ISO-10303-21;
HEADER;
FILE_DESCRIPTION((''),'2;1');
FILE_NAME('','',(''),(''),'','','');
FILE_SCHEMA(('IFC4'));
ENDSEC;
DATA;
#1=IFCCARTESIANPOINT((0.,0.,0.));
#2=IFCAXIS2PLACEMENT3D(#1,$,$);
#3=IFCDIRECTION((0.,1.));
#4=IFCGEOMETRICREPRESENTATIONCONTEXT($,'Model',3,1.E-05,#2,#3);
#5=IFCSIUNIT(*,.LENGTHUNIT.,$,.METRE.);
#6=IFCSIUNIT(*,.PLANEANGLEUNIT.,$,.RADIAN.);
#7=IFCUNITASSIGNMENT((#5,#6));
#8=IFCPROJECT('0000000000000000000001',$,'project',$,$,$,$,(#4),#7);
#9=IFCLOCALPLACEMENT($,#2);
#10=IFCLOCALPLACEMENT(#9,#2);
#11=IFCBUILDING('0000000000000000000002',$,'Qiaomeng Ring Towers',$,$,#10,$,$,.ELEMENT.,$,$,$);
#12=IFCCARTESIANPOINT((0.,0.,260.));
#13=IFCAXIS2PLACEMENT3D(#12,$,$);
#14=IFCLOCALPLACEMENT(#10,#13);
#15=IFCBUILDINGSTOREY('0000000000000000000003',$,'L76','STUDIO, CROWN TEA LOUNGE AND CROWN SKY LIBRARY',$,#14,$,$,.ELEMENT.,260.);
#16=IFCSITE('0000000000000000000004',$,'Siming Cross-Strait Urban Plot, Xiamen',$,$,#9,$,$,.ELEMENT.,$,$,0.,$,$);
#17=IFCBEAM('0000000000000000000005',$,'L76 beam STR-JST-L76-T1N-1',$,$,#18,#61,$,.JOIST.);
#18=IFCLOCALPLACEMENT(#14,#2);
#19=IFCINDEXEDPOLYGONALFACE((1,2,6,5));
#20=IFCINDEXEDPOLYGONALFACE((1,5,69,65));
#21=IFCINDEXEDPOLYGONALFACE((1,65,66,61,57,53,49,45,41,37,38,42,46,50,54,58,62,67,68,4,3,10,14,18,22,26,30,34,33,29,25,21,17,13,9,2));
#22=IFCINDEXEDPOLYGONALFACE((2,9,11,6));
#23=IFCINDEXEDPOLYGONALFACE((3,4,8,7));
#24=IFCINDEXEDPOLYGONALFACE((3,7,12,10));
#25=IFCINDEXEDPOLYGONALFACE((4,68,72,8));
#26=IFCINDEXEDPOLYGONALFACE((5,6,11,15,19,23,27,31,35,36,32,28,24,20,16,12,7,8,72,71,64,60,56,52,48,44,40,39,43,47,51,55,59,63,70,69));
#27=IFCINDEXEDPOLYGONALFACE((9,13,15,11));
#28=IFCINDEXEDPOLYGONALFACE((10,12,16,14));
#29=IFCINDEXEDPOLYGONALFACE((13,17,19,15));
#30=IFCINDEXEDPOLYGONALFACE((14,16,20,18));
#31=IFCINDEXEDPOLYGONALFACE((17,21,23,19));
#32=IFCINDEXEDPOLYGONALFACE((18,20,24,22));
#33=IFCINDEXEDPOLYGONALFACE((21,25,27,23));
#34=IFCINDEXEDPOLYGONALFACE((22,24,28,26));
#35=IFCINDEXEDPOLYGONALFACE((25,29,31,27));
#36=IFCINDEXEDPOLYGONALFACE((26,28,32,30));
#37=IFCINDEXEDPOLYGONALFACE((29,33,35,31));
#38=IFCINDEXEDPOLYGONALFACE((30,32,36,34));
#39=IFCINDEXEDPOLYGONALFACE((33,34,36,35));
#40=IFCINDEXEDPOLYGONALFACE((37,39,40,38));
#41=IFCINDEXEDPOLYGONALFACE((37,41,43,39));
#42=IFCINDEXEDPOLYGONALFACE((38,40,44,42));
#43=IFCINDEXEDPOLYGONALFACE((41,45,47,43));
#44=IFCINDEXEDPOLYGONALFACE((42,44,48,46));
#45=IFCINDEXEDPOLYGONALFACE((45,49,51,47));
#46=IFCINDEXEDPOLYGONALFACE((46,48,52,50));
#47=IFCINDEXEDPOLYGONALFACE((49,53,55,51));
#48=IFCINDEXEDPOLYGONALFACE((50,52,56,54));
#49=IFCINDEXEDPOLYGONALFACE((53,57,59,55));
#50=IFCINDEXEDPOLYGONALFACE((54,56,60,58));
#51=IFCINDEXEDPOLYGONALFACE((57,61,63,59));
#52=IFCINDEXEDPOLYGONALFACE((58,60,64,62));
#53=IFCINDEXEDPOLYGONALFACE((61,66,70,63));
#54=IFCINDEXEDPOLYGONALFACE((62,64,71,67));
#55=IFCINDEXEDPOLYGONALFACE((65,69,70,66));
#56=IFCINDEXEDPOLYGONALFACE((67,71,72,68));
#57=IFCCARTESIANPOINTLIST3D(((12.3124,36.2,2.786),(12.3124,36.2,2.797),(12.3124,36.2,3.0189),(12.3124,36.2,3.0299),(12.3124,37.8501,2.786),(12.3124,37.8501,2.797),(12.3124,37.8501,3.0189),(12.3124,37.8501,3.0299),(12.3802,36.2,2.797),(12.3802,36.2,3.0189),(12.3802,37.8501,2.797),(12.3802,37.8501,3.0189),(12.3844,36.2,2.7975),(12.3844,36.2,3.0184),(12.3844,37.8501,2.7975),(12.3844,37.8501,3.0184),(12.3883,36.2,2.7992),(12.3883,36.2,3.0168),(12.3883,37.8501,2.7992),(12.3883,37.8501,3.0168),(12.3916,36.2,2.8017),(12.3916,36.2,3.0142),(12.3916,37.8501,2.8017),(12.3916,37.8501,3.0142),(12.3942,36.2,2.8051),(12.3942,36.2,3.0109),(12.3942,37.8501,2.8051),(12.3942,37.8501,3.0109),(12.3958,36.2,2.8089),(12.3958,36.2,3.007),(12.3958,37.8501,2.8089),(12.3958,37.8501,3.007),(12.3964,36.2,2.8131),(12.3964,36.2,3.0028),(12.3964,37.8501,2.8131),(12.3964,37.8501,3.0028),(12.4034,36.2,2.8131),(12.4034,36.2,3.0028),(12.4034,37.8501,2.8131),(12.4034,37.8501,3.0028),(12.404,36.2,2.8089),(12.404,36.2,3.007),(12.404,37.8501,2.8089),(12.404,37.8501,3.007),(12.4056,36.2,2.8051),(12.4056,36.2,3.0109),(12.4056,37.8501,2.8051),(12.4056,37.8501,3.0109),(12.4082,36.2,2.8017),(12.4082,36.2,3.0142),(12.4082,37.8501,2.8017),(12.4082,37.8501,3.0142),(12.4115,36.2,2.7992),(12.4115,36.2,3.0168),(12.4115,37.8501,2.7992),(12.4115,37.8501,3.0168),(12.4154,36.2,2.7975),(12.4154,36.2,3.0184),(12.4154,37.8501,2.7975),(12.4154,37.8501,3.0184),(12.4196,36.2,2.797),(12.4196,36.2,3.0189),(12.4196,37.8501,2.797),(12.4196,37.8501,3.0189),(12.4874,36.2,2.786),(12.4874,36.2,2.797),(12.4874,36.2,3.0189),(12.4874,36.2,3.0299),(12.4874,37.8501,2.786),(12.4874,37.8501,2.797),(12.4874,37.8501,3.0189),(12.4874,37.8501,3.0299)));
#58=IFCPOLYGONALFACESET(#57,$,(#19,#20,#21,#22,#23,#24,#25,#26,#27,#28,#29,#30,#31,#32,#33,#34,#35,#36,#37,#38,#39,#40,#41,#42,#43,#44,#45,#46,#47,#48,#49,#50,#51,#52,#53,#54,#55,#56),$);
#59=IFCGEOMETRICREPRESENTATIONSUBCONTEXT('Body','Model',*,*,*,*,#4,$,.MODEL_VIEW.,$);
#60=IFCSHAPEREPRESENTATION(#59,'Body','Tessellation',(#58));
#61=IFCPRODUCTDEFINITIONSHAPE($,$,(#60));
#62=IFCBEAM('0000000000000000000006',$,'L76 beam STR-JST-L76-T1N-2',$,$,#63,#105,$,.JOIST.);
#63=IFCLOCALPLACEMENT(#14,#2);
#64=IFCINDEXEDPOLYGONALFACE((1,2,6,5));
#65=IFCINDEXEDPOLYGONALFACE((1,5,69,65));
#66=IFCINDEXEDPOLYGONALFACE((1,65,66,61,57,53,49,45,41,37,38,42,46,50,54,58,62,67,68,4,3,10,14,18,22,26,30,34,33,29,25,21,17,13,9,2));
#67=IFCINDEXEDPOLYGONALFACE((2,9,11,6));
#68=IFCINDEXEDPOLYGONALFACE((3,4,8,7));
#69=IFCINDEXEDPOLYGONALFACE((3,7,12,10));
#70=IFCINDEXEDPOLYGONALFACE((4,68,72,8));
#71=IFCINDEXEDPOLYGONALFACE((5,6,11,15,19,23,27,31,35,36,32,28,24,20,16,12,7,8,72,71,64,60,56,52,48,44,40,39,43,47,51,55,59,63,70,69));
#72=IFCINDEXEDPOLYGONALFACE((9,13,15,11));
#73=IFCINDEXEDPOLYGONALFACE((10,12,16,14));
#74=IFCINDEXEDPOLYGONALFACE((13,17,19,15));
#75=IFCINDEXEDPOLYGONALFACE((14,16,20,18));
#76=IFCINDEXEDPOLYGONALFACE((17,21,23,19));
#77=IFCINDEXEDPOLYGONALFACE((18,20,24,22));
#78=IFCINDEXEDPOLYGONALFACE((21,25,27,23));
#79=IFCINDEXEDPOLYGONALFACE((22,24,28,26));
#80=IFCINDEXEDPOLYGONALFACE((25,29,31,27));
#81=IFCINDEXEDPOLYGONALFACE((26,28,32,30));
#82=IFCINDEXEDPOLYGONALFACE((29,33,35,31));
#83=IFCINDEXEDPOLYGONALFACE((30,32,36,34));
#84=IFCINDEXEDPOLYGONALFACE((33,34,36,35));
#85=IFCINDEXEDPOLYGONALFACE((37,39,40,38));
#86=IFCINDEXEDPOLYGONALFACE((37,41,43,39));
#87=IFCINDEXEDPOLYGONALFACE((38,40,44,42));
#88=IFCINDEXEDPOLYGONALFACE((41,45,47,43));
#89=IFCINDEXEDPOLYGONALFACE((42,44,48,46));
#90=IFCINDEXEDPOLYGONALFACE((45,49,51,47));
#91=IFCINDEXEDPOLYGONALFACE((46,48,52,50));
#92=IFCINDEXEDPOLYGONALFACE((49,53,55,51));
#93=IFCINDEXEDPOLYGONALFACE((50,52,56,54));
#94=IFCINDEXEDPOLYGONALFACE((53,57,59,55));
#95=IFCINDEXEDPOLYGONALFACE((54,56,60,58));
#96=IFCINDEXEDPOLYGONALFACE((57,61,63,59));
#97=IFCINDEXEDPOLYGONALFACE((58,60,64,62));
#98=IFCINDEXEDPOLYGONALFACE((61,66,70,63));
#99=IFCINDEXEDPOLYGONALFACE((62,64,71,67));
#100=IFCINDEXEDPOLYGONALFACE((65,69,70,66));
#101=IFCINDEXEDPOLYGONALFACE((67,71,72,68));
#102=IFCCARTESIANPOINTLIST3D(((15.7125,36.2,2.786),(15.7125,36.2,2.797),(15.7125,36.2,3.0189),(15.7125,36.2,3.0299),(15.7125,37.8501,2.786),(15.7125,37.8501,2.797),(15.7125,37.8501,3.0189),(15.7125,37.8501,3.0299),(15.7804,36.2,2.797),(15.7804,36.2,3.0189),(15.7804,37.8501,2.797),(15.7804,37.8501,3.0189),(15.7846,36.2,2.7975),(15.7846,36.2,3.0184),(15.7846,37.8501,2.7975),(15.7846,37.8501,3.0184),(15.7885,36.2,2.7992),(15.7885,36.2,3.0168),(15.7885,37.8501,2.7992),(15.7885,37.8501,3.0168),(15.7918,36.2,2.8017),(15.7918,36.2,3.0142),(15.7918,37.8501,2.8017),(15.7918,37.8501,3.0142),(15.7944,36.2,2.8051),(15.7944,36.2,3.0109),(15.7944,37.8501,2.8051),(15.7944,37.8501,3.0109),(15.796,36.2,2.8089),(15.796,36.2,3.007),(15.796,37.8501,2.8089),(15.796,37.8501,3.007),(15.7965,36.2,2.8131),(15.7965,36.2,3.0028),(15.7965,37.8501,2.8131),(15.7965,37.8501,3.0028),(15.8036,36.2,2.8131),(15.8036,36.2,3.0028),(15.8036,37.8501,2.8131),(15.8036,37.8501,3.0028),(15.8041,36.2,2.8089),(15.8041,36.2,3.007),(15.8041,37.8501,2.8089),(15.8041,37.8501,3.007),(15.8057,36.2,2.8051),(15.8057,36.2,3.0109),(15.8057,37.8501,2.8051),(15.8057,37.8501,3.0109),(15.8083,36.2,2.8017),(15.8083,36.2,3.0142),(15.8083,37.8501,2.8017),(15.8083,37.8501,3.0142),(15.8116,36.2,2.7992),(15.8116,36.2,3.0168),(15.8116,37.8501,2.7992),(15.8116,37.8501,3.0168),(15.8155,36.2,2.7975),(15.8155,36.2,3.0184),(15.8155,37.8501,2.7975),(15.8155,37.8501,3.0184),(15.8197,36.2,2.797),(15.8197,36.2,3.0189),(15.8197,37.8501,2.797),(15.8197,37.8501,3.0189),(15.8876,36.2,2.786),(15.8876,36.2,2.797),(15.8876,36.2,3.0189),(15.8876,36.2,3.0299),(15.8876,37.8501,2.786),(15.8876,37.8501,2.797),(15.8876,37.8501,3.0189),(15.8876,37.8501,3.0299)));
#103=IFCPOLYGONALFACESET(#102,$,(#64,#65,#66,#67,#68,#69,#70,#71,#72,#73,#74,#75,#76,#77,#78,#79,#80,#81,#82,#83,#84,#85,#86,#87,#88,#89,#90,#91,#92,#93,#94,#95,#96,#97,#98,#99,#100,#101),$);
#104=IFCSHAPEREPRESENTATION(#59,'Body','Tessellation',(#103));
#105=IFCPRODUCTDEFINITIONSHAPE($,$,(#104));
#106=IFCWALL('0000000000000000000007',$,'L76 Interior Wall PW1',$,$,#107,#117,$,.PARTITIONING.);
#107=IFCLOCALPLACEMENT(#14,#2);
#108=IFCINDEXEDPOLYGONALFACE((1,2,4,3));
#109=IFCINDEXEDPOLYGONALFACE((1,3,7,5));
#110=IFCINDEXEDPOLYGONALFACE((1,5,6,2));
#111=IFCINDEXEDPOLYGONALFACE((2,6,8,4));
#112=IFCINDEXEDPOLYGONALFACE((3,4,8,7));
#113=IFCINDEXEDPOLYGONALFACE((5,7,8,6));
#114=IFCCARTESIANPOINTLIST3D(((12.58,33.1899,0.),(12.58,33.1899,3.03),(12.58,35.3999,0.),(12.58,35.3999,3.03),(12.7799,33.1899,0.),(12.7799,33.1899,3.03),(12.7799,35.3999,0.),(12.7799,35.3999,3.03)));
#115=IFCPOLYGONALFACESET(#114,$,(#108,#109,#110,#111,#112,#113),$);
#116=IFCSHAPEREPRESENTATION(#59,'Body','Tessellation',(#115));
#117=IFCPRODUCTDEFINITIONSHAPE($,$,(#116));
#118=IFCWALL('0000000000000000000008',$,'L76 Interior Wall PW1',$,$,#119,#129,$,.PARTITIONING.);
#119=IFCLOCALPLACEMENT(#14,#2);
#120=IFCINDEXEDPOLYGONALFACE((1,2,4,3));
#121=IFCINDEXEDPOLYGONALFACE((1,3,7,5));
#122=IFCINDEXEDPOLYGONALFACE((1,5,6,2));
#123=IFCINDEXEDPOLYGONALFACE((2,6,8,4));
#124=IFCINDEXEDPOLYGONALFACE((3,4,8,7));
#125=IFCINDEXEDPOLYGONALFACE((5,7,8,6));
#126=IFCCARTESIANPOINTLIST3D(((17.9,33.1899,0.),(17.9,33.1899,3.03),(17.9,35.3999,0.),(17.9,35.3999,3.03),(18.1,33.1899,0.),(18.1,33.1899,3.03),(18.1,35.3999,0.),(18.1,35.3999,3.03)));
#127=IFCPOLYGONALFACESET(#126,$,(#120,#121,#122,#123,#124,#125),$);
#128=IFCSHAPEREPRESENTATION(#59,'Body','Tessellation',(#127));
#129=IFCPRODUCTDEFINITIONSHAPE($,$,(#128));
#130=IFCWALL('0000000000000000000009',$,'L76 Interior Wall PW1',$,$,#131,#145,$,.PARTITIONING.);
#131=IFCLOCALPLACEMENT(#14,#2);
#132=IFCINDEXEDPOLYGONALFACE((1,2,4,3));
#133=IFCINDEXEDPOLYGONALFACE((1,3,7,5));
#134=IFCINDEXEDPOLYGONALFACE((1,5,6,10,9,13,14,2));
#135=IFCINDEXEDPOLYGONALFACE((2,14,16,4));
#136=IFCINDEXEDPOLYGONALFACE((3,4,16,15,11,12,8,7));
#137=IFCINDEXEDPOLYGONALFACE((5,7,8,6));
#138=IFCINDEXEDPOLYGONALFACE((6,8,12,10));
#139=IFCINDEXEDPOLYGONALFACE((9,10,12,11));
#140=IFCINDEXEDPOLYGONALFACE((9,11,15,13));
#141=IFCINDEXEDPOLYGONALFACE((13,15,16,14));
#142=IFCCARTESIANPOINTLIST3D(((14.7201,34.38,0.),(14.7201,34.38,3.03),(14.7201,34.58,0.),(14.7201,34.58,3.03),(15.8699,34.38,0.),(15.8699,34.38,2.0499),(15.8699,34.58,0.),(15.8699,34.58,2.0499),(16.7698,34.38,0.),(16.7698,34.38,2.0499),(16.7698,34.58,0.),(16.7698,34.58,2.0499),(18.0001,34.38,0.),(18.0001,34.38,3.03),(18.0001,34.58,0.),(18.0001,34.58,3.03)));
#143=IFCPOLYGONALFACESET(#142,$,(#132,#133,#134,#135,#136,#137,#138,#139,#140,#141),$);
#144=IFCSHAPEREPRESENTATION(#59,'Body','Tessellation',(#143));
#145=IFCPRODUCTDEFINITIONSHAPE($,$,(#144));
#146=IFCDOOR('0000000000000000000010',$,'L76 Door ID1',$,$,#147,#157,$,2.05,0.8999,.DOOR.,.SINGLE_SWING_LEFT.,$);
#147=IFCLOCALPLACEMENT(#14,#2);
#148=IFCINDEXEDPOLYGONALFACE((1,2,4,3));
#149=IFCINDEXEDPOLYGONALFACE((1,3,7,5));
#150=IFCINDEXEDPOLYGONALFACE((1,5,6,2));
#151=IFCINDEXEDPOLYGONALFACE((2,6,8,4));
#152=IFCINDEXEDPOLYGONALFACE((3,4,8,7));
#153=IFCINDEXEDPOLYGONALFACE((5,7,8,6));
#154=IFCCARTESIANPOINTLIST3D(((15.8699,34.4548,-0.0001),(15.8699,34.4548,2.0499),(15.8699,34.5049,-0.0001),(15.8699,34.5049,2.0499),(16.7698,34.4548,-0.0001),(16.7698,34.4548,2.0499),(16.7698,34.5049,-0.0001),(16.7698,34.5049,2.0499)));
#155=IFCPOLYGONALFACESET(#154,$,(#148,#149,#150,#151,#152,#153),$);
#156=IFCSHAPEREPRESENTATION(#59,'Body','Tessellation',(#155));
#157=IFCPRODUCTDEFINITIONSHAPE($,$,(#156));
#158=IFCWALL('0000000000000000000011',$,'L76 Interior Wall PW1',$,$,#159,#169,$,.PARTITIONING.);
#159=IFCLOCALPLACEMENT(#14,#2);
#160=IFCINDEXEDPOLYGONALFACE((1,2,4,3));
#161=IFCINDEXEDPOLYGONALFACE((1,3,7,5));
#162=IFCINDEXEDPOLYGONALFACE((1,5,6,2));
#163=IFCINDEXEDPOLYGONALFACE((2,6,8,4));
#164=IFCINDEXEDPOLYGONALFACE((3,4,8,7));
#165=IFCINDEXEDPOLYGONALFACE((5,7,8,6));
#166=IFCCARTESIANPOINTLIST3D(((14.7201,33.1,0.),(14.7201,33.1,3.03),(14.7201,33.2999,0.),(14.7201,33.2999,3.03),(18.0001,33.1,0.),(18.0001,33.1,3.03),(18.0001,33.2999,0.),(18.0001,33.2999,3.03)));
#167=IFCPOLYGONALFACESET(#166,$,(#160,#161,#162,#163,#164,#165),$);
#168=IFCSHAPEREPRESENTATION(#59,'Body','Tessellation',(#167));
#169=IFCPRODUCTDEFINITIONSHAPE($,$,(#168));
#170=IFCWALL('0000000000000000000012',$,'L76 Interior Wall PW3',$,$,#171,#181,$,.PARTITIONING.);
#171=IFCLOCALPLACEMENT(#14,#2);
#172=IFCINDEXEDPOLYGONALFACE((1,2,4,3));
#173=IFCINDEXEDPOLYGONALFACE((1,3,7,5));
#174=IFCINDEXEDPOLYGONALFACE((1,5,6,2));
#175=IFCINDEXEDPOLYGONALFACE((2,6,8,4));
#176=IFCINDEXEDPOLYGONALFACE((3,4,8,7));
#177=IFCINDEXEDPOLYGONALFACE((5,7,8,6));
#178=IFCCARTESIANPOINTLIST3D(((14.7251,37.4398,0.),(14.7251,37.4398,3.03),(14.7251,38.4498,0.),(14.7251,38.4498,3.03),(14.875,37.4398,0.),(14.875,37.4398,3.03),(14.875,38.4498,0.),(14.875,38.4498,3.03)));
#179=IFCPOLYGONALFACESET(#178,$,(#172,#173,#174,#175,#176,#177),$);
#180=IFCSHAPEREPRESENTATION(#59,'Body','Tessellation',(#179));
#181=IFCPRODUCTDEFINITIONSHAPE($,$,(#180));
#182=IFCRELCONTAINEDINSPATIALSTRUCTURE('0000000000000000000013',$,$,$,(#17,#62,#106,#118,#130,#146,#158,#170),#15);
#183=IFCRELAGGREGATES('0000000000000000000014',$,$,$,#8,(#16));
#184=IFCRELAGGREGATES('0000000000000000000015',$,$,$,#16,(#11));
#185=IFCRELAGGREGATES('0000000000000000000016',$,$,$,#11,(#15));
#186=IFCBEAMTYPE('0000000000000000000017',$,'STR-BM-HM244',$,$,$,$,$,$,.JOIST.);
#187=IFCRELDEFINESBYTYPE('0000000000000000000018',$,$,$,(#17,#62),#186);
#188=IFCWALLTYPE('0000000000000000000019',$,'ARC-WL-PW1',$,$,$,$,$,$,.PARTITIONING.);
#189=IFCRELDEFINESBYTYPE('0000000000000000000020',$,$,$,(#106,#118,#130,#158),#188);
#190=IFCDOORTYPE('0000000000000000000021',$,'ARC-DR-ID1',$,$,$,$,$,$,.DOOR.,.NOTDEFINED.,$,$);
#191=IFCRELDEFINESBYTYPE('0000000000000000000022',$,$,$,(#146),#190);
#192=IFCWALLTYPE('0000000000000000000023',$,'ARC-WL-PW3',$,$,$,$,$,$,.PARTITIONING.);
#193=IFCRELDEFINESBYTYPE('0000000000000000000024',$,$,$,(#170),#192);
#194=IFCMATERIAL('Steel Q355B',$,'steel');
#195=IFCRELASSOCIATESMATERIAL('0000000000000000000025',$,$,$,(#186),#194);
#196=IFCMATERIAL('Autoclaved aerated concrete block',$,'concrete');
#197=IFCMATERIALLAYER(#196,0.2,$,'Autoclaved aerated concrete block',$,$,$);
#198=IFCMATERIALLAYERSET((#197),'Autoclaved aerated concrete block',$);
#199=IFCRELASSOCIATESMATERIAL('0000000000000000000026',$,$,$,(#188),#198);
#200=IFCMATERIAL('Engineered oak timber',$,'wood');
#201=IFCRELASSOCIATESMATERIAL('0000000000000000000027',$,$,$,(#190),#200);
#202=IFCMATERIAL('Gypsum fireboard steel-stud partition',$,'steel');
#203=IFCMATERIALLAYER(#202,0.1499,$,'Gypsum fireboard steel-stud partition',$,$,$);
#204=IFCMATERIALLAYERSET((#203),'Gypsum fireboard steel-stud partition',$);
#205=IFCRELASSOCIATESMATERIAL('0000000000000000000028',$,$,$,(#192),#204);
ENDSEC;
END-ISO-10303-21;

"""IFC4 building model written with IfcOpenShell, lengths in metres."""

from ifc_helpers import new_model, si_unit, direction, frame, frame_2d, origin, origin_2d, place, context, subcontext, project, spatial, rectangle, i_section, extrude, source, transform, mapped, material, layer, layer_set, material_profile, profile_set, type_object, element, fill, save


model = new_model("IFC4")

# Units and contexts
model_context = context("Model", 3, precision=1e-05, world=origin(), true_north=direction((0.0, 1.0)))
body_context = subcontext(model_context, "Body", "Model", "MODEL_VIEW")
ifc_project = project(units=[si_unit("LENGTHUNIT", "METRE"), si_unit("PLANEANGLEUNIT", "RADIAN")], contexts=[model_context])

# Site, building, storey
site_placement = place(None, origin())
site = spatial("IfcSite", under=ifc_project, at=site_placement, Name="Siming Cross-Strait Urban Plot, Xiamen", CompositionType="ELEMENT", RefElevation=0.0)
building_placement = place(site_placement, origin())
building = spatial("IfcBuilding", under=site, at=building_placement, Name="Qiaomeng Ring Towers", CompositionType="ELEMENT")
storey_placement = place(building_placement, frame((0.0, 0.0, 260.0)))
storey = spatial("IfcBuildingStorey", under=building, at=storey_placement, Name="L76", Description="STUDIO, CROWN TEA LOUNGE AND CROWN SKY LIBRARY", CompositionType="ELEMENT", Elevation=260.0)

# Beams
ifc_material_1 = material(Name="Steel Q355B", Category="steel")
ifc_material_profile = material_profile(ifc_material_1, i_section(OverallWidth=0.175, OverallDepth=0.2439, WebThickness=0.0071, FlangeThickness=0.011, FilletRadius=0.0161, at=origin_2d()), Name="HM 244x175x7x11")
ifc_profile_set = profile_set([ifc_material_profile], Name="Steel Q355B")
beam_type = type_object("IfcBeamType", Name="STR-BM-HM244", PredefinedType="JOIST", material=ifc_profile_set)
shared_shape_1 = source(origin(), body_context, "Body", "SweptSolid", [
    extrude(i_section(OverallWidth=0.175, OverallDepth=0.2439, WebThickness=0.0071, FlangeThickness=0.011, FilletRadius=0.0161, at=origin_2d()), origin(), (0.0, 0.0, 1.0), 1.6501),
])
for number, where, z_axis, x_axis, name in (
    (1, (12.3999, 36.2, 2.908), (0.0, 1.0, 0.0), (-1.0, 0.0, 0.0), "L76 beam STR-JST-L76-T1N-1"),
    (2, (15.8, 36.2, 2.908), (0.0, 1.0, 0.0), (-1.0, 0.0, 0.0), "L76 beam STR-JST-L76-T1N-2"),
):
    element("IfcBeam", number, at=place(storey_placement, frame(where, z_axis=z_axis, x_axis=x_axis)), inside=storey, type_object=beam_type, Name=name, PredefinedType="JOIST", context=body_context, shape_type="MappedRepresentation", body=[
        mapped(shared_shape_1, transform((0.0, 0.0, 0.0), x_axis=(1.0, 0.0, 0.0), y_axis=(0.0, 1.0, 0.0), z_axis=(0.0, 0.0, 1.0), scale=1.0)),
    ])

# Walls
ifc_material_2 = material(Name="Autoclaved aerated concrete block", Category="concrete")
ifc_layer_1 = layer(ifc_material_2, 0.2, Name="Autoclaved aerated concrete block")
ifc_layer_set_1 = layer_set([ifc_layer_1], Name="Autoclaved aerated concrete block")
wall_type_1 = type_object("IfcWallType", Name="ARC-WL-PW1", PredefinedType="PARTITIONING", material=ifc_layer_set_1)
for number, where, z_axis, x_axis, name in (
    (3, (12.6799, 33.1899, 0.0), (0.0, 0.0, 1.0), (0.0, 1.0, 0.0), "L76 Interior Wall PW1"),
    (4, (18.0, 33.1899, 0.0), (0.0, 0.0, 1.0), (0.0, 1.0, 0.0), "L76 Interior Wall PW1"),
):
    element("IfcWall", number, at=place(storey_placement, frame(where, z_axis=z_axis, x_axis=x_axis)), inside=storey, type_object=wall_type_1, Name=name, PredefinedType="PARTITIONING", context=body_context, shape_type="SweptSolid", body=[
        extrude(rectangle(XDim=2.21, YDim=0.2, at=frame_2d((1.105, 0.0))), origin(), (0.0, 0.0, 1.0), 3.03),
    ])

# Wall, opening, door
wall_1_placement = place(storey_placement, frame((14.72, 34.48, 0.0), z_axis=(0.0, 0.0, 1.0), x_axis=(1.0, 0.0, 0.0)))
wall_1 = element("IfcWall", 5, at=wall_1_placement, inside=storey, type_object=wall_type_1, Name="L76 Interior Wall PW1", PredefinedType="PARTITIONING", context=body_context, shape_type="SweptSolid", body=[
    extrude(rectangle(XDim=3.28, YDim=0.2, at=frame_2d((1.6401, 0.0))), origin(), (0.0, 0.0, 1.0), 3.03),
])
opening_1_placement = place(wall_1_placement, frame((1.1499, 0.0, 0.0)))
opening_1 = element("IfcOpeningElement", 6, at=opening_1_placement, cuts=wall_1, PredefinedType="OPENING", context=body_context, shape_type="SweptSolid", body=[
    extrude(rectangle(XDim=0.8999, YDim=2.05, at=frame_2d((0.45, 1.0249))), frame((0.0, 0.1099, 0.0), z_axis=(0.0, -1.0, 0.0), x_axis=(1.0, 0.0, 0.0)), (0.0, 0.0, 1.0), 0.22),
])
ifc_material_3 = material(Name="Engineered oak timber", Category="wood")
door_type_1 = type_object("IfcDoorType", Name="ARC-DR-ID1", OperationType="NOTDEFINED", PredefinedType="DOOR", material=ifc_material_3)
shared_shape_2 = source(origin(), body_context, "Body", "SweptSolid", [
    extrude(rectangle(XDim=0.8999, YDim=2.05, at=frame_2d((0.45, 1.0249))), frame((0.0, 0.0249, 0.0), z_axis=(0.0, -1.0, 0.0), x_axis=(1.0, 0.0, 0.0)), (0.0, 0.0, 1.0), 0.05),
])
door_1_placement = place(opening_1_placement, origin())
door_1 = element("IfcDoor", 7, at=door_1_placement, inside=storey, type_object=door_type_1, Name="L76 Door ID1", OperationType="SINGLE_SWING_LEFT", OverallHeight=2.05, OverallWidth=0.8999, PredefinedType="DOOR", context=body_context, shape_type="MappedRepresentation", body=[
    mapped(shared_shape_2, transform((0.0, 0.0, 0.0), x_axis=(1.0, 0.0, 0.0), y_axis=(0.0, 1.0, 0.0), z_axis=(0.0, 0.0, 1.0), scale=1.0)),
])
fill(opening_1, door_1)

# Walls
wall_2_placement = place(storey_placement, frame((14.72, 33.2, 0.0), z_axis=(0.0, 0.0, 1.0), x_axis=(1.0, 0.0, 0.0)))
element("IfcWall", 8, at=wall_2_placement, inside=storey, type_object=wall_type_1, Name="L76 Interior Wall PW1", PredefinedType="PARTITIONING", context=body_context, shape_type="SweptSolid", body=[
    extrude(rectangle(XDim=3.28, YDim=0.2, at=frame_2d((1.6401, 0.0))), origin(), (0.0, 0.0, 1.0), 3.03),
])
ifc_material_4 = material(Name="Gypsum fireboard steel-stud partition", Category="steel")
ifc_layer_2 = layer(ifc_material_4, 0.1499, Name="Gypsum fireboard steel-stud partition")
ifc_layer_set_2 = layer_set([ifc_layer_2], Name="Gypsum fireboard steel-stud partition")
wall_type_2 = type_object("IfcWallType", Name="ARC-WL-PW3", PredefinedType="PARTITIONING", material=ifc_layer_set_2)
wall_3_placement = place(storey_placement, frame((14.8, 37.4399, 0.0), z_axis=(0.0, 0.0, 1.0), x_axis=(0.0, 1.0, 0.0)))
element("IfcWall", 9, at=wall_3_placement, inside=storey, type_object=wall_type_2, Name="L76 Interior Wall PW3", PredefinedType="PARTITIONING", context=body_context, shape_type="SweptSolid", body=[
    extrude(rectangle(XDim=1.01, YDim=0.1499, at=frame_2d((0.5049, 0.0))), origin(), (0.0, 0.0, 1.0), 3.03),
])

save(model, "model.ifc")
